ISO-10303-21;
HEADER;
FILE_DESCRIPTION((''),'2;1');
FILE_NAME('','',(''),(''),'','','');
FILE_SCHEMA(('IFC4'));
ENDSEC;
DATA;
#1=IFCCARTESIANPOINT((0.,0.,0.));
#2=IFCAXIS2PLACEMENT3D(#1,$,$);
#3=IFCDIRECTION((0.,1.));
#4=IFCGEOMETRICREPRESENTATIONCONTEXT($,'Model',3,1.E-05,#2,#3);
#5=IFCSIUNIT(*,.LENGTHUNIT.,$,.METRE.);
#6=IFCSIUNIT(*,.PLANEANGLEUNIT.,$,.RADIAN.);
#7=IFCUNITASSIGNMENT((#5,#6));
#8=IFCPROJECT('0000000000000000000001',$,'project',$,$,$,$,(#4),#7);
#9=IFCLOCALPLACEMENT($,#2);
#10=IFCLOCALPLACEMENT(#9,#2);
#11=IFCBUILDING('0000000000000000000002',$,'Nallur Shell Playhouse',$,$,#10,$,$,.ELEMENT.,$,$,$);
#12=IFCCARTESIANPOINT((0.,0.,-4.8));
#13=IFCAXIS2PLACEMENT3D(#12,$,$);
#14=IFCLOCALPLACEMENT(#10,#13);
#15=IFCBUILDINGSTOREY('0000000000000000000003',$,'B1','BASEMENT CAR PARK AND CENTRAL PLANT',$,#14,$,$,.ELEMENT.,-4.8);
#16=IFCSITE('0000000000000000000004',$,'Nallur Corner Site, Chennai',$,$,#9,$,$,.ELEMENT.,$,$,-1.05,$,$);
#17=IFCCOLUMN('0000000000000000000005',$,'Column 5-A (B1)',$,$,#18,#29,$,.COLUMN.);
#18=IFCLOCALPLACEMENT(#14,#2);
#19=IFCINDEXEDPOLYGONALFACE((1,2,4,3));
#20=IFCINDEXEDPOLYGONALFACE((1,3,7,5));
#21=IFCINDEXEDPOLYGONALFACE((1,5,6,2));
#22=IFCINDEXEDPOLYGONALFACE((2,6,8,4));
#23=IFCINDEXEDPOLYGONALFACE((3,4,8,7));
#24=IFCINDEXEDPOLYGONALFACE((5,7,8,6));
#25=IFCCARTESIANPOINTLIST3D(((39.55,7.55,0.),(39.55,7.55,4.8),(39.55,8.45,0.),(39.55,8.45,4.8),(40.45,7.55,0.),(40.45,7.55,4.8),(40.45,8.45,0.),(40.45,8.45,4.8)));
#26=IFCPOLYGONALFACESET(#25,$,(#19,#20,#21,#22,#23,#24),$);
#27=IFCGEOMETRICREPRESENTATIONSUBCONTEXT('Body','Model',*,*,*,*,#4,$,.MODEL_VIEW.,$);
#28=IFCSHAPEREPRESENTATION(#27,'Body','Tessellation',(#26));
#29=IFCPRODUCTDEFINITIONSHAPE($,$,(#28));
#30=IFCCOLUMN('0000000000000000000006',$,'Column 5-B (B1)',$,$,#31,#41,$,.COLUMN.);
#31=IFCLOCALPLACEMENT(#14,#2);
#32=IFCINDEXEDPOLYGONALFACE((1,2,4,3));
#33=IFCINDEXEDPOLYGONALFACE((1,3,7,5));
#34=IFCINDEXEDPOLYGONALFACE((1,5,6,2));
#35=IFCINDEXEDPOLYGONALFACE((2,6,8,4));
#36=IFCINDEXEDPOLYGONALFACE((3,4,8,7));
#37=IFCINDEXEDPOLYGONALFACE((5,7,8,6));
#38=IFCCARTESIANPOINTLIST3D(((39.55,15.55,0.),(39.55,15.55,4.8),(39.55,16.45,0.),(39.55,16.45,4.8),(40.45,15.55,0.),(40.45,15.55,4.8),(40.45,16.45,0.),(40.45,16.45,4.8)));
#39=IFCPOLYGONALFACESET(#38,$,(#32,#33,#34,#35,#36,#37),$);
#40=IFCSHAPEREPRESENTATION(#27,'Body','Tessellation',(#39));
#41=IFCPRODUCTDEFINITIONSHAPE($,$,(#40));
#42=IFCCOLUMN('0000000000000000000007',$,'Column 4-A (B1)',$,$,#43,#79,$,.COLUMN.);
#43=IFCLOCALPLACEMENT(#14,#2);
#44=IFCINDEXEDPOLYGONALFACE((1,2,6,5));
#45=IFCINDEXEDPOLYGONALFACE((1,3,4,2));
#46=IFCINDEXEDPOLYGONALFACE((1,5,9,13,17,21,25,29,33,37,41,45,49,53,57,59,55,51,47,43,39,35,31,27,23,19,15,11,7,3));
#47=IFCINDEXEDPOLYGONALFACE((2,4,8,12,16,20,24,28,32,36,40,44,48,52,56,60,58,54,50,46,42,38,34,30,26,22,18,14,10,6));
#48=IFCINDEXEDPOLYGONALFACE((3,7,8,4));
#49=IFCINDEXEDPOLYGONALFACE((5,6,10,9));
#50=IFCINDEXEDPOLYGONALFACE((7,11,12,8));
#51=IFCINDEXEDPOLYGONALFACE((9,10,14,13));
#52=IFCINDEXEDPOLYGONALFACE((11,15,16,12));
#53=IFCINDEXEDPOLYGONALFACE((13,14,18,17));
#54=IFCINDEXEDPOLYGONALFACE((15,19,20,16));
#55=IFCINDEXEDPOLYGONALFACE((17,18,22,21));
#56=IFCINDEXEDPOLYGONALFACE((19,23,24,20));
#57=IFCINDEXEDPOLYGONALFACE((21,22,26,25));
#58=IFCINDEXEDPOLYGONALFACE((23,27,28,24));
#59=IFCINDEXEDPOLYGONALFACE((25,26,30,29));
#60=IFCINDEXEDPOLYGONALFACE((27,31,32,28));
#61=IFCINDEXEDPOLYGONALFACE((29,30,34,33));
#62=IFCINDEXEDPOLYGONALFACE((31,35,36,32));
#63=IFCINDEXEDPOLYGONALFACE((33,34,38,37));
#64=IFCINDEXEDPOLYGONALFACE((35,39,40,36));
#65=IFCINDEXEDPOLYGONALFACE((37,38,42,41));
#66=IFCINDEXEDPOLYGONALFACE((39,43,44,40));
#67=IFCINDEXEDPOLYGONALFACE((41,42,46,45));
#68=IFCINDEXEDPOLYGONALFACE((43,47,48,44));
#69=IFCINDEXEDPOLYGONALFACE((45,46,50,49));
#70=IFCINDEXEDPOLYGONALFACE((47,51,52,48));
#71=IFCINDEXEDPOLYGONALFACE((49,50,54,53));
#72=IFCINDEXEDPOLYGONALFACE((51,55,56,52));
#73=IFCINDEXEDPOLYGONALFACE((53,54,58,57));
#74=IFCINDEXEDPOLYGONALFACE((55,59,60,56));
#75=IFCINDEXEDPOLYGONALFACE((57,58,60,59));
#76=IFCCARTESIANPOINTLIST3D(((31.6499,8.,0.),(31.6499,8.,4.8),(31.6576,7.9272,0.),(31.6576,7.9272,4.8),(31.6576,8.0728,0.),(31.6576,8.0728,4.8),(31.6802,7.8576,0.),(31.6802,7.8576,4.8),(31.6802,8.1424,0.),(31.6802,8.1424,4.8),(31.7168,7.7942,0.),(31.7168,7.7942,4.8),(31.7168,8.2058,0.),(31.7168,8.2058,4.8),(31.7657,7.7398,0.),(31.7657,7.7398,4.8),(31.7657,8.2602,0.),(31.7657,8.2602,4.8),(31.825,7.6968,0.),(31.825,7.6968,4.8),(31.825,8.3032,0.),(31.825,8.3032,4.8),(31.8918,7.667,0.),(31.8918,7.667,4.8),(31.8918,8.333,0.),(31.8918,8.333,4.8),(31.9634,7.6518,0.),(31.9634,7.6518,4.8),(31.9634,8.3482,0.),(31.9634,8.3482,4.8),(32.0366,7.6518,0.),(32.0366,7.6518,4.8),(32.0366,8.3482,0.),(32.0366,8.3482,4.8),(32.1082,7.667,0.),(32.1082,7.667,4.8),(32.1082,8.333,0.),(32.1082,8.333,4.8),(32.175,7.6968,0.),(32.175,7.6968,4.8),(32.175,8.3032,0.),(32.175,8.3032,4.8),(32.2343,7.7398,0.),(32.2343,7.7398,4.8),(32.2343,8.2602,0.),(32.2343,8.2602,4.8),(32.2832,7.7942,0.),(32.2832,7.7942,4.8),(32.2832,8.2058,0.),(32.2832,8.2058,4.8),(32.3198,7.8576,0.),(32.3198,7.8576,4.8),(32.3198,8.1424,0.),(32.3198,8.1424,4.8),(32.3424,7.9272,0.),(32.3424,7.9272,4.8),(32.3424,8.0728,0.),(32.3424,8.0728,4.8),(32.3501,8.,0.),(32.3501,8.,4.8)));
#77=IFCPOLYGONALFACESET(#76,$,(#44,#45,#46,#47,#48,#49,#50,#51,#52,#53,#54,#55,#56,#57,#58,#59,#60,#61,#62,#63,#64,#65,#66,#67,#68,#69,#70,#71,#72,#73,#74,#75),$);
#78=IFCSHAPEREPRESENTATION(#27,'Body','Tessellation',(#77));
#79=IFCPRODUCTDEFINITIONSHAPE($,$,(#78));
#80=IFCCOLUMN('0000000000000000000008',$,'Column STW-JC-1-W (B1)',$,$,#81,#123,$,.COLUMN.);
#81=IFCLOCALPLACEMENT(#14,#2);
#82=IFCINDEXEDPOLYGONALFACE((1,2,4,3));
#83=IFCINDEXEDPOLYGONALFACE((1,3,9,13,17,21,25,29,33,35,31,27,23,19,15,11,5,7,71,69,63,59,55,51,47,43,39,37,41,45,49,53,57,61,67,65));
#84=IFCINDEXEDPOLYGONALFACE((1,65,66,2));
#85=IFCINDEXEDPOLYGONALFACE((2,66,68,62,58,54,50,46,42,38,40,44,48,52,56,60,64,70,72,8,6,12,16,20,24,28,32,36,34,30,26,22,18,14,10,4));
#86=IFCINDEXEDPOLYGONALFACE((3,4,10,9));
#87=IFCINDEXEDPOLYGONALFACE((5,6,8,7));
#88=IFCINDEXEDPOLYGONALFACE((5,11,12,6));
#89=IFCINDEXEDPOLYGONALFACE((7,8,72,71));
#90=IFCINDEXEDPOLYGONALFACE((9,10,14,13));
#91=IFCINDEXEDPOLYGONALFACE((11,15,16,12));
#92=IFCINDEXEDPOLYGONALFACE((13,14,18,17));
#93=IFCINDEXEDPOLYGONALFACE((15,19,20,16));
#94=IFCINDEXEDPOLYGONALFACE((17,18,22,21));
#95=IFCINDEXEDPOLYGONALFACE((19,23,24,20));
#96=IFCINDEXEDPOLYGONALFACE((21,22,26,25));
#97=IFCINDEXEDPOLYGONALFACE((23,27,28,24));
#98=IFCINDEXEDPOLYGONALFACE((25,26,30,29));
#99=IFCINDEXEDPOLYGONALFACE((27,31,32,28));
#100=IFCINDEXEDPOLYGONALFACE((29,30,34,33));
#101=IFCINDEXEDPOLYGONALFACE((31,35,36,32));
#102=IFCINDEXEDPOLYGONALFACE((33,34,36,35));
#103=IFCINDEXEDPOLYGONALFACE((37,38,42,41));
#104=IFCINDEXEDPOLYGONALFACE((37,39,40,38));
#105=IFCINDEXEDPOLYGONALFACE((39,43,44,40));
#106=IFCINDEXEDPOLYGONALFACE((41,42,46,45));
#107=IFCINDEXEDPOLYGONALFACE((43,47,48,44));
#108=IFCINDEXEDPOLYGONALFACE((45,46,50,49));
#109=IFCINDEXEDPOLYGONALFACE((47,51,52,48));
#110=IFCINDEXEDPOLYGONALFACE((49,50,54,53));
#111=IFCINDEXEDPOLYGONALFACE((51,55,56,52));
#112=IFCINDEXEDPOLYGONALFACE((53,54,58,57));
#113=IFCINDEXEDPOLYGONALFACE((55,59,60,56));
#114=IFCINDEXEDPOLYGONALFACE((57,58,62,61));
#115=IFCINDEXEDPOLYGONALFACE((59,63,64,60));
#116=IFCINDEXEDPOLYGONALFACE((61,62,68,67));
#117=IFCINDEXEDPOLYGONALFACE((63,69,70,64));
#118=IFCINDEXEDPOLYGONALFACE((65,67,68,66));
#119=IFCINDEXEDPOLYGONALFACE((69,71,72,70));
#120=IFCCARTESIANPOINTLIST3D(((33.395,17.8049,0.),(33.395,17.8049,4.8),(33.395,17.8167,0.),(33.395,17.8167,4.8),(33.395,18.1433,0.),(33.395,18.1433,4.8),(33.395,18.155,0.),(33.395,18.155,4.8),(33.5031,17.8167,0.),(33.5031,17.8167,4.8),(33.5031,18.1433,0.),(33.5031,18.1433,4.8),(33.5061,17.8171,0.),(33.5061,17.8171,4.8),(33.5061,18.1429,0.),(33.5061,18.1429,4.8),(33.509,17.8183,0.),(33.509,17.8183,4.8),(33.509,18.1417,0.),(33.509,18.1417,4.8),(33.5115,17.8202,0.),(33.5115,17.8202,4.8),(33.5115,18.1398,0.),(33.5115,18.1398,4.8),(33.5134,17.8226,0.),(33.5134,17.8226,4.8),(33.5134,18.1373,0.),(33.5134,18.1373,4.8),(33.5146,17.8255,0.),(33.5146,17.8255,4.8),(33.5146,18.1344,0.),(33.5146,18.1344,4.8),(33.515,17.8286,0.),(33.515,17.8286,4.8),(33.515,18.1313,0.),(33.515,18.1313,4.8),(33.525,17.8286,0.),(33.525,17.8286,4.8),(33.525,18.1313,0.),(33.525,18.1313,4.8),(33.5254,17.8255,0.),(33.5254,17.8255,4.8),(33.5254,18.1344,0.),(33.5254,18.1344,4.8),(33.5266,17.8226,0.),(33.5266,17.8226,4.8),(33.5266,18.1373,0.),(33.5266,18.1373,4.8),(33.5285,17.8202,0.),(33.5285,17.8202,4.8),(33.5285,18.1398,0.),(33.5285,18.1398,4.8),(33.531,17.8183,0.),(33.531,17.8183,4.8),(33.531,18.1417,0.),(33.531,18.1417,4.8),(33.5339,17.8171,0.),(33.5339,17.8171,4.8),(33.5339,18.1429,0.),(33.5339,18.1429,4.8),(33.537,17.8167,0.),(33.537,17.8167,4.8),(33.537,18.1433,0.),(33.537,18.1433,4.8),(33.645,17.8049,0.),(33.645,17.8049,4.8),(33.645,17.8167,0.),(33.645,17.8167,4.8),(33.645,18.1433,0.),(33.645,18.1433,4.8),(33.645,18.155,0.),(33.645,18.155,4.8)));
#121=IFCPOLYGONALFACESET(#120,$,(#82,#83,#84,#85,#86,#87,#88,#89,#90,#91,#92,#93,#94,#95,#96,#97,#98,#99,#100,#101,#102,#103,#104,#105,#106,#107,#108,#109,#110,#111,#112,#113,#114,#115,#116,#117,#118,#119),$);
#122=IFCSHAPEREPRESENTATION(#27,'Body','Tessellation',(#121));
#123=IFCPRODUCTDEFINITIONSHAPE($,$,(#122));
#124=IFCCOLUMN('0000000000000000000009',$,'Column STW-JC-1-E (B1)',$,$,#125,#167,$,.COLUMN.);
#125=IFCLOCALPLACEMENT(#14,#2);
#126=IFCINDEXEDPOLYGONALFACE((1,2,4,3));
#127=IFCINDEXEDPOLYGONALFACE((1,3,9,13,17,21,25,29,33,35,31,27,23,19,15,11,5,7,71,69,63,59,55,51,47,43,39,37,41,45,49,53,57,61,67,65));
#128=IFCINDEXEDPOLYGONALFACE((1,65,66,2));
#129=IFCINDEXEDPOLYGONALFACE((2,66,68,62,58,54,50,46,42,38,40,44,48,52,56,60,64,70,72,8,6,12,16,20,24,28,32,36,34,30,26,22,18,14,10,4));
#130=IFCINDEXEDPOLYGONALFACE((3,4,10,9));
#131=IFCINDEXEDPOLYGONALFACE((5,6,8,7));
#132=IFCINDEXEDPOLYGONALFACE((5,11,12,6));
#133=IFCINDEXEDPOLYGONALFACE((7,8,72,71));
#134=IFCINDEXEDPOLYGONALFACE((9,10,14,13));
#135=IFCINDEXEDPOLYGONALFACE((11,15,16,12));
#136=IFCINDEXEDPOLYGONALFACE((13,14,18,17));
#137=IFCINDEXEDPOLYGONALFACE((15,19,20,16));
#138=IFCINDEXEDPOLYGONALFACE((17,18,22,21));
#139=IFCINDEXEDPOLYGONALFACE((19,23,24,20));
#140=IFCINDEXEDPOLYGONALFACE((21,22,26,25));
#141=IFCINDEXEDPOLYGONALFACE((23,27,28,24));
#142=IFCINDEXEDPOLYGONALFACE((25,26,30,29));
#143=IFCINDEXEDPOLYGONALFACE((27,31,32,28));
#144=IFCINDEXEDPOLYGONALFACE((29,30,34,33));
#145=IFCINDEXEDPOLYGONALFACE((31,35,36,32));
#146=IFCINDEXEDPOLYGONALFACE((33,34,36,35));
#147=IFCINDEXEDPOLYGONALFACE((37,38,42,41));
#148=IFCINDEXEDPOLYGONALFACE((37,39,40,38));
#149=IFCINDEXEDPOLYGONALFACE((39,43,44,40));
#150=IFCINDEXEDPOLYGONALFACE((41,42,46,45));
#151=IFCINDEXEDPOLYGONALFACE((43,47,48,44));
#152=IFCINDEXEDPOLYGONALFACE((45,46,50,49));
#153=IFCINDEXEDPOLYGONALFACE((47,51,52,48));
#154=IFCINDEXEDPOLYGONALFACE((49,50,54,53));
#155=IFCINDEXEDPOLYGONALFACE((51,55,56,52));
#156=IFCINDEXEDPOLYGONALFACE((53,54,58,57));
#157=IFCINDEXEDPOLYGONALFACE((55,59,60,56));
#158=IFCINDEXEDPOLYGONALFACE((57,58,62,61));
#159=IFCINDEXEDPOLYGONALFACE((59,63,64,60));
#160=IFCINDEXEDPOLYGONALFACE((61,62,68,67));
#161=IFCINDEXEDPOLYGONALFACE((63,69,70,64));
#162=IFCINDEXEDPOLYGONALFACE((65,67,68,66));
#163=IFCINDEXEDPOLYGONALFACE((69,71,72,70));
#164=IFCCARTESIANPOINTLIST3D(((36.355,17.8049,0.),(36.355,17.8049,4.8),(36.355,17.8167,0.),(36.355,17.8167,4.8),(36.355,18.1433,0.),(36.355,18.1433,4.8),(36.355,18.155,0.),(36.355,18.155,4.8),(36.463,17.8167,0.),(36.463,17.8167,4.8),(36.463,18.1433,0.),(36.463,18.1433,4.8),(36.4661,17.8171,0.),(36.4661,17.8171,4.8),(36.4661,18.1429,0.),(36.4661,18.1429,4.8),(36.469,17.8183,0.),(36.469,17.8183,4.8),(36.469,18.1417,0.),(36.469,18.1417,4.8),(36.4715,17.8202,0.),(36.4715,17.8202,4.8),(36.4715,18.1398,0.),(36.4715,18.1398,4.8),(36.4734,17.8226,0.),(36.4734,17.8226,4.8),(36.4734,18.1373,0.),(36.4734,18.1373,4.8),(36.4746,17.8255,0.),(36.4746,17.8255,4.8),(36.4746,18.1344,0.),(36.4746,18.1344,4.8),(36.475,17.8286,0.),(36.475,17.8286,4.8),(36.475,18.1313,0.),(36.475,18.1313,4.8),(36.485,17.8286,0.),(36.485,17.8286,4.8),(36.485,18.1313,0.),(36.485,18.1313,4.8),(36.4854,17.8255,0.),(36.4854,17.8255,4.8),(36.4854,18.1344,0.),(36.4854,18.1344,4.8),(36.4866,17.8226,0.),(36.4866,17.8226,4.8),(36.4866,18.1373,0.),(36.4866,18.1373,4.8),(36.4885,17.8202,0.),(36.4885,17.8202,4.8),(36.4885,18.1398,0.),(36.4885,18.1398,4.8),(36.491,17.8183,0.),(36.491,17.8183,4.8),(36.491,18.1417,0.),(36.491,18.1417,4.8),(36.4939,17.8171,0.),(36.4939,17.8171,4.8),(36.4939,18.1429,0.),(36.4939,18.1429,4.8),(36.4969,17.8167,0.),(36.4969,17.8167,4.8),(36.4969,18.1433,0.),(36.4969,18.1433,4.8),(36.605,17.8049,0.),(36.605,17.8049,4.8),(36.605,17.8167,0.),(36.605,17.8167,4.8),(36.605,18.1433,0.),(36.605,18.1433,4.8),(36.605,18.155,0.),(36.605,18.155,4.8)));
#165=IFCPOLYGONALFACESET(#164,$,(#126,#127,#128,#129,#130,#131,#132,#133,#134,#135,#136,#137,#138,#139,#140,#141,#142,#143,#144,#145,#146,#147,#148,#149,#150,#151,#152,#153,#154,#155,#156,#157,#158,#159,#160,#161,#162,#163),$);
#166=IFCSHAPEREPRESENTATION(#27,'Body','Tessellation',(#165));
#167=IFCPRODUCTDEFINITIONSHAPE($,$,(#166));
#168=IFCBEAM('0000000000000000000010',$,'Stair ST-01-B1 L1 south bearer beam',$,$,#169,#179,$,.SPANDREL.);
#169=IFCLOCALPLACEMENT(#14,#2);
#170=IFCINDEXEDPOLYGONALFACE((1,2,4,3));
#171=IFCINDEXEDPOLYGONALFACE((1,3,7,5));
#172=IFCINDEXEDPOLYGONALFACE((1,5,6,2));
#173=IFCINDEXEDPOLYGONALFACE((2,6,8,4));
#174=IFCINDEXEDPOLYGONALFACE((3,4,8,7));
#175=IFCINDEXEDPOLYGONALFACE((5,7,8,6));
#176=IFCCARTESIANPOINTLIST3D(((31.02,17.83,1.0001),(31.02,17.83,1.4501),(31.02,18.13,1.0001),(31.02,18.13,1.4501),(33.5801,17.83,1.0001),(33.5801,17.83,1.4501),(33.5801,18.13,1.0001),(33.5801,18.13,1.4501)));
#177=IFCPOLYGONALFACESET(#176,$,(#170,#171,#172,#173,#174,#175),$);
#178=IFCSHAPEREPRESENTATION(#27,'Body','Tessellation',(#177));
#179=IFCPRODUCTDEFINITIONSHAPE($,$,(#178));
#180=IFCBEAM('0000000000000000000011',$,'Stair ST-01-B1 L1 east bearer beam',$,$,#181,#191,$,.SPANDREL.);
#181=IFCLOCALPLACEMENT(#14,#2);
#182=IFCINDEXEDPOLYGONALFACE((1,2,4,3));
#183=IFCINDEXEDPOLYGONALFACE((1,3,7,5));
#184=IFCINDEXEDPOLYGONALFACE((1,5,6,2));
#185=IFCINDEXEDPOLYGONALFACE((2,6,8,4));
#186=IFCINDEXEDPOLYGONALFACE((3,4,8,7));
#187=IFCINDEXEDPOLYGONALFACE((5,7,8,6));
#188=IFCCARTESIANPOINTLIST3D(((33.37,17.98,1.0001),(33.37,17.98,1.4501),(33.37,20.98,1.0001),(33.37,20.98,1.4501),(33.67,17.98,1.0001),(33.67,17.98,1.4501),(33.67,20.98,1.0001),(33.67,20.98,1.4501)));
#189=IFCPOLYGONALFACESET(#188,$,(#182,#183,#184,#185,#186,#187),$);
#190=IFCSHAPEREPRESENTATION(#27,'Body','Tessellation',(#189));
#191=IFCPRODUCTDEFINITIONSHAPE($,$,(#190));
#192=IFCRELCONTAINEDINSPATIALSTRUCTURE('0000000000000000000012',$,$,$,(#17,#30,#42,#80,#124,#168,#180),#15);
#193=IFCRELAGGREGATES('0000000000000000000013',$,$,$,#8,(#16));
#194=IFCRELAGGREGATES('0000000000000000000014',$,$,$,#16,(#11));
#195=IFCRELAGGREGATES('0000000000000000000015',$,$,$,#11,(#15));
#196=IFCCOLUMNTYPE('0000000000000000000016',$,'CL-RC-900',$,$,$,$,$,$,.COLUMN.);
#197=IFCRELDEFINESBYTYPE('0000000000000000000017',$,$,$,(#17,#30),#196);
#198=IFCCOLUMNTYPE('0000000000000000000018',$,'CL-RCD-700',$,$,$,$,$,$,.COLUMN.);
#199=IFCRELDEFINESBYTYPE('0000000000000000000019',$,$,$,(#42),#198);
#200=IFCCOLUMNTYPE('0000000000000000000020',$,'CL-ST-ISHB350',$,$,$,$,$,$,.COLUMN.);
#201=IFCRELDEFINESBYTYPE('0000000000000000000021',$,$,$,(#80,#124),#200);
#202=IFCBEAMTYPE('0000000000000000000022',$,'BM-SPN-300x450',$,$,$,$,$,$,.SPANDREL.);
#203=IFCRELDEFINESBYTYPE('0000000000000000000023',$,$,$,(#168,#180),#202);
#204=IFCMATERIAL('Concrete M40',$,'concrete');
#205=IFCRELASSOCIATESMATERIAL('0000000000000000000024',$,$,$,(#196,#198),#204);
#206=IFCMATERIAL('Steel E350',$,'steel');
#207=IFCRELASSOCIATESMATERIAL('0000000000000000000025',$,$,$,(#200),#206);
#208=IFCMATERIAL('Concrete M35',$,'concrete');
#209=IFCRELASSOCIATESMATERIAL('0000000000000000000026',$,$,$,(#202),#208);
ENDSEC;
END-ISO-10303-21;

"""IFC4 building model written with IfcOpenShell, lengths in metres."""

from ifc_helpers import new_model, si_unit, direction, frame, origin, origin_2d, place, context, subcontext, project, spatial, rectangle, circle, i_section, extrude, material, material_profile, profile_set, type_object, element, save


model = new_model("IFC4")

# Units and contexts
model_context = context("Model", 3, precision=1e-05, world=origin(), true_north=direction((0.0, 1.0)))
body_context = subcontext(model_context, "Body", "Model", "MODEL_VIEW")
ifc_project = project(units=[si_unit("LENGTHUNIT", "METRE"), si_unit("PLANEANGLEUNIT", "RADIAN")], contexts=[model_context])

# Site, building, storey
site_placement = place(None, origin())
site = spatial("IfcSite", under=ifc_project, at=site_placement, Name="Nallur Corner Site, Chennai", CompositionType="ELEMENT", RefElevation=-1.05)
building_placement = place(site_placement, origin())
building = spatial("IfcBuilding", under=site, at=building_placement, Name="Nallur Shell Playhouse", CompositionType="ELEMENT")
storey_placement = place(building_placement, frame((0.0, 0.0, -4.8)))
storey = spatial("IfcBuildingStorey", under=building, at=storey_placement, Name="B1", Description="BASEMENT CAR PARK AND CENTRAL PLANT", CompositionType="ELEMENT", Elevation=-4.8)

# Shared definitions
ifc_material_1 = material(Name="Concrete M35", Category="concrete")

# Columns
ifc_material_2 = material(Name="Concrete M40", Category="concrete")
ifc_material_profile_1 = material_profile(ifc_material_2, rectangle(XDim=0.8999, YDim=0.8999, at=origin_2d()), Name="RC 900x900")
ifc_profile_set_1 = profile_set([ifc_material_profile_1], Name="Concrete M40")
column_type_1 = type_object("IfcColumnType", Name="CL-RC-900", PredefinedType="COLUMN", material=ifc_profile_set_1)
for number, where, z_axis, x_axis, name in (
    (1, (40.0, 8.0, 0.0), (0.0, 0.0, 1.0), (1.0, 0.0, 0.0), "Column 5-A (B1)"),
    (2, (40.0, 16.0, 0.0), (0.0, 0.0, 1.0), (1.0, 0.0, 0.0), "Column 5-B (B1)"),
):
    element("IfcColumn", number, at=place(storey_placement, frame(where, z_axis=z_axis, x_axis=x_axis)), inside=storey, type_object=column_type_1, Name=name, PredefinedType="COLUMN", context=body_context, shape_type="SweptSolid", body=[
        extrude(rectangle(XDim=0.8999, YDim=0.8999, at=origin_2d()), origin(), (0.0, 0.0, 1.0), 4.8),
    ])
ifc_material_profile_2 = material_profile(ifc_material_2, circle(Radius=0.3501, at=origin_2d()), Name="RC D700")
ifc_profile_set_2 = profile_set([ifc_material_profile_2], Name="Concrete M40")
column_type_2 = type_object("IfcColumnType", Name="CL-RCD-700", PredefinedType="COLUMN", material=ifc_profile_set_2)
column_1_placement = place(storey_placement, frame((32.0, 8.0, 0.0), z_axis=(0.0, 0.0, 1.0), x_axis=(1.0, 0.0, 0.0)))
element("IfcColumn", 3, at=column_1_placement, inside=storey, type_object=column_type_2, Name="Column 4-A (B1)", PredefinedType="COLUMN", context=body_context, shape_type="SweptSolid", body=[
    extrude(circle(Radius=0.3501, at=origin_2d()), origin(), (0.0, 0.0, 1.0), 4.8),
])
ifc_material_3 = material(Name="Steel E350", Category="steel")
ifc_material_profile_3 = material_profile(ifc_material_3, i_section(OverallWidth=0.25, OverallDepth=0.3501, WebThickness=0.01, FlangeThickness=0.0117, FilletRadius=0.012, at=origin_2d()), Name="ISHB 350")
ifc_profile_set_3 = profile_set([ifc_material_profile_3], Name="Steel E350")
column_type_3 = type_object("IfcColumnType", Name="CL-ST-ISHB350", PredefinedType="COLUMN", material=ifc_profile_set_3)
for number, where, z_axis, x_axis, name in (
    (4, (33.52, 17.98, 0.0), (0.0, 0.0, 1.0), (1.0, 0.0, 0.0), "Column STW-JC-1-W (B1)"),
    (5, (36.48, 17.98, 0.0), (0.0, 0.0, 1.0), (1.0, 0.0, 0.0), "Column STW-JC-1-E (B1)"),
):
    element("IfcColumn", number, at=place(storey_placement, frame(where, z_axis=z_axis, x_axis=x_axis)), inside=storey, type_object=column_type_3, Name=name, PredefinedType="COLUMN", context=body_context, shape_type="SweptSolid", body=[
        extrude(i_section(OverallWidth=0.25, OverallDepth=0.3501, WebThickness=0.01, FlangeThickness=0.0117, FilletRadius=0.012, at=origin_2d()), origin(), (0.0, 0.0, 1.0), 4.8),
    ])

# Beams
ifc_material_profile_4 = material_profile(ifc_material_1, rectangle(XDim=0.3, YDim=0.45, at=origin_2d()), Name="RC 300x450")
ifc_profile_set_4 = profile_set([ifc_material_profile_4], Name="Concrete M35")
beam_type = type_object("IfcBeamType", Name="BM-SPN-300x450", PredefinedType="SPANDREL", material=ifc_profile_set_4)
beam_1_placement = place(storey_placement, frame((31.02, 17.98, 1.2251), z_axis=(1.0, 0.0, 0.0), x_axis=(0.0, 1.0, 0.0)))
element("IfcBeam", 6, at=beam_1_placement, inside=storey, type_object=beam_type, Name="Stair ST-01-B1 L1 south bearer beam", PredefinedType="SPANDREL", context=body_context, shape_type="SweptSolid", body=[
    extrude(rectangle(XDim=0.3, YDim=0.45, at=origin_2d()), origin(), (0.0, 0.0, 1.0), 2.5601),
])
beam_2_placement = place(storey_placement, frame((33.52, 17.98, 1.2251), z_axis=(0.0, 1.0, 0.0), x_axis=(-1.0, 0.0, 0.0)))
element("IfcBeam", 7, at=beam_2_placement, inside=storey, type_object=beam_type, Name="Stair ST-01-B1 L1 east bearer beam", PredefinedType="SPANDREL", context=body_context, shape_type="SweptSolid", body=[
    extrude(rectangle(XDim=0.3, YDim=0.45, at=origin_2d()), origin(), (0.0, 0.0, 1.0), 3.0),
])

save(model, "model.ifc")
